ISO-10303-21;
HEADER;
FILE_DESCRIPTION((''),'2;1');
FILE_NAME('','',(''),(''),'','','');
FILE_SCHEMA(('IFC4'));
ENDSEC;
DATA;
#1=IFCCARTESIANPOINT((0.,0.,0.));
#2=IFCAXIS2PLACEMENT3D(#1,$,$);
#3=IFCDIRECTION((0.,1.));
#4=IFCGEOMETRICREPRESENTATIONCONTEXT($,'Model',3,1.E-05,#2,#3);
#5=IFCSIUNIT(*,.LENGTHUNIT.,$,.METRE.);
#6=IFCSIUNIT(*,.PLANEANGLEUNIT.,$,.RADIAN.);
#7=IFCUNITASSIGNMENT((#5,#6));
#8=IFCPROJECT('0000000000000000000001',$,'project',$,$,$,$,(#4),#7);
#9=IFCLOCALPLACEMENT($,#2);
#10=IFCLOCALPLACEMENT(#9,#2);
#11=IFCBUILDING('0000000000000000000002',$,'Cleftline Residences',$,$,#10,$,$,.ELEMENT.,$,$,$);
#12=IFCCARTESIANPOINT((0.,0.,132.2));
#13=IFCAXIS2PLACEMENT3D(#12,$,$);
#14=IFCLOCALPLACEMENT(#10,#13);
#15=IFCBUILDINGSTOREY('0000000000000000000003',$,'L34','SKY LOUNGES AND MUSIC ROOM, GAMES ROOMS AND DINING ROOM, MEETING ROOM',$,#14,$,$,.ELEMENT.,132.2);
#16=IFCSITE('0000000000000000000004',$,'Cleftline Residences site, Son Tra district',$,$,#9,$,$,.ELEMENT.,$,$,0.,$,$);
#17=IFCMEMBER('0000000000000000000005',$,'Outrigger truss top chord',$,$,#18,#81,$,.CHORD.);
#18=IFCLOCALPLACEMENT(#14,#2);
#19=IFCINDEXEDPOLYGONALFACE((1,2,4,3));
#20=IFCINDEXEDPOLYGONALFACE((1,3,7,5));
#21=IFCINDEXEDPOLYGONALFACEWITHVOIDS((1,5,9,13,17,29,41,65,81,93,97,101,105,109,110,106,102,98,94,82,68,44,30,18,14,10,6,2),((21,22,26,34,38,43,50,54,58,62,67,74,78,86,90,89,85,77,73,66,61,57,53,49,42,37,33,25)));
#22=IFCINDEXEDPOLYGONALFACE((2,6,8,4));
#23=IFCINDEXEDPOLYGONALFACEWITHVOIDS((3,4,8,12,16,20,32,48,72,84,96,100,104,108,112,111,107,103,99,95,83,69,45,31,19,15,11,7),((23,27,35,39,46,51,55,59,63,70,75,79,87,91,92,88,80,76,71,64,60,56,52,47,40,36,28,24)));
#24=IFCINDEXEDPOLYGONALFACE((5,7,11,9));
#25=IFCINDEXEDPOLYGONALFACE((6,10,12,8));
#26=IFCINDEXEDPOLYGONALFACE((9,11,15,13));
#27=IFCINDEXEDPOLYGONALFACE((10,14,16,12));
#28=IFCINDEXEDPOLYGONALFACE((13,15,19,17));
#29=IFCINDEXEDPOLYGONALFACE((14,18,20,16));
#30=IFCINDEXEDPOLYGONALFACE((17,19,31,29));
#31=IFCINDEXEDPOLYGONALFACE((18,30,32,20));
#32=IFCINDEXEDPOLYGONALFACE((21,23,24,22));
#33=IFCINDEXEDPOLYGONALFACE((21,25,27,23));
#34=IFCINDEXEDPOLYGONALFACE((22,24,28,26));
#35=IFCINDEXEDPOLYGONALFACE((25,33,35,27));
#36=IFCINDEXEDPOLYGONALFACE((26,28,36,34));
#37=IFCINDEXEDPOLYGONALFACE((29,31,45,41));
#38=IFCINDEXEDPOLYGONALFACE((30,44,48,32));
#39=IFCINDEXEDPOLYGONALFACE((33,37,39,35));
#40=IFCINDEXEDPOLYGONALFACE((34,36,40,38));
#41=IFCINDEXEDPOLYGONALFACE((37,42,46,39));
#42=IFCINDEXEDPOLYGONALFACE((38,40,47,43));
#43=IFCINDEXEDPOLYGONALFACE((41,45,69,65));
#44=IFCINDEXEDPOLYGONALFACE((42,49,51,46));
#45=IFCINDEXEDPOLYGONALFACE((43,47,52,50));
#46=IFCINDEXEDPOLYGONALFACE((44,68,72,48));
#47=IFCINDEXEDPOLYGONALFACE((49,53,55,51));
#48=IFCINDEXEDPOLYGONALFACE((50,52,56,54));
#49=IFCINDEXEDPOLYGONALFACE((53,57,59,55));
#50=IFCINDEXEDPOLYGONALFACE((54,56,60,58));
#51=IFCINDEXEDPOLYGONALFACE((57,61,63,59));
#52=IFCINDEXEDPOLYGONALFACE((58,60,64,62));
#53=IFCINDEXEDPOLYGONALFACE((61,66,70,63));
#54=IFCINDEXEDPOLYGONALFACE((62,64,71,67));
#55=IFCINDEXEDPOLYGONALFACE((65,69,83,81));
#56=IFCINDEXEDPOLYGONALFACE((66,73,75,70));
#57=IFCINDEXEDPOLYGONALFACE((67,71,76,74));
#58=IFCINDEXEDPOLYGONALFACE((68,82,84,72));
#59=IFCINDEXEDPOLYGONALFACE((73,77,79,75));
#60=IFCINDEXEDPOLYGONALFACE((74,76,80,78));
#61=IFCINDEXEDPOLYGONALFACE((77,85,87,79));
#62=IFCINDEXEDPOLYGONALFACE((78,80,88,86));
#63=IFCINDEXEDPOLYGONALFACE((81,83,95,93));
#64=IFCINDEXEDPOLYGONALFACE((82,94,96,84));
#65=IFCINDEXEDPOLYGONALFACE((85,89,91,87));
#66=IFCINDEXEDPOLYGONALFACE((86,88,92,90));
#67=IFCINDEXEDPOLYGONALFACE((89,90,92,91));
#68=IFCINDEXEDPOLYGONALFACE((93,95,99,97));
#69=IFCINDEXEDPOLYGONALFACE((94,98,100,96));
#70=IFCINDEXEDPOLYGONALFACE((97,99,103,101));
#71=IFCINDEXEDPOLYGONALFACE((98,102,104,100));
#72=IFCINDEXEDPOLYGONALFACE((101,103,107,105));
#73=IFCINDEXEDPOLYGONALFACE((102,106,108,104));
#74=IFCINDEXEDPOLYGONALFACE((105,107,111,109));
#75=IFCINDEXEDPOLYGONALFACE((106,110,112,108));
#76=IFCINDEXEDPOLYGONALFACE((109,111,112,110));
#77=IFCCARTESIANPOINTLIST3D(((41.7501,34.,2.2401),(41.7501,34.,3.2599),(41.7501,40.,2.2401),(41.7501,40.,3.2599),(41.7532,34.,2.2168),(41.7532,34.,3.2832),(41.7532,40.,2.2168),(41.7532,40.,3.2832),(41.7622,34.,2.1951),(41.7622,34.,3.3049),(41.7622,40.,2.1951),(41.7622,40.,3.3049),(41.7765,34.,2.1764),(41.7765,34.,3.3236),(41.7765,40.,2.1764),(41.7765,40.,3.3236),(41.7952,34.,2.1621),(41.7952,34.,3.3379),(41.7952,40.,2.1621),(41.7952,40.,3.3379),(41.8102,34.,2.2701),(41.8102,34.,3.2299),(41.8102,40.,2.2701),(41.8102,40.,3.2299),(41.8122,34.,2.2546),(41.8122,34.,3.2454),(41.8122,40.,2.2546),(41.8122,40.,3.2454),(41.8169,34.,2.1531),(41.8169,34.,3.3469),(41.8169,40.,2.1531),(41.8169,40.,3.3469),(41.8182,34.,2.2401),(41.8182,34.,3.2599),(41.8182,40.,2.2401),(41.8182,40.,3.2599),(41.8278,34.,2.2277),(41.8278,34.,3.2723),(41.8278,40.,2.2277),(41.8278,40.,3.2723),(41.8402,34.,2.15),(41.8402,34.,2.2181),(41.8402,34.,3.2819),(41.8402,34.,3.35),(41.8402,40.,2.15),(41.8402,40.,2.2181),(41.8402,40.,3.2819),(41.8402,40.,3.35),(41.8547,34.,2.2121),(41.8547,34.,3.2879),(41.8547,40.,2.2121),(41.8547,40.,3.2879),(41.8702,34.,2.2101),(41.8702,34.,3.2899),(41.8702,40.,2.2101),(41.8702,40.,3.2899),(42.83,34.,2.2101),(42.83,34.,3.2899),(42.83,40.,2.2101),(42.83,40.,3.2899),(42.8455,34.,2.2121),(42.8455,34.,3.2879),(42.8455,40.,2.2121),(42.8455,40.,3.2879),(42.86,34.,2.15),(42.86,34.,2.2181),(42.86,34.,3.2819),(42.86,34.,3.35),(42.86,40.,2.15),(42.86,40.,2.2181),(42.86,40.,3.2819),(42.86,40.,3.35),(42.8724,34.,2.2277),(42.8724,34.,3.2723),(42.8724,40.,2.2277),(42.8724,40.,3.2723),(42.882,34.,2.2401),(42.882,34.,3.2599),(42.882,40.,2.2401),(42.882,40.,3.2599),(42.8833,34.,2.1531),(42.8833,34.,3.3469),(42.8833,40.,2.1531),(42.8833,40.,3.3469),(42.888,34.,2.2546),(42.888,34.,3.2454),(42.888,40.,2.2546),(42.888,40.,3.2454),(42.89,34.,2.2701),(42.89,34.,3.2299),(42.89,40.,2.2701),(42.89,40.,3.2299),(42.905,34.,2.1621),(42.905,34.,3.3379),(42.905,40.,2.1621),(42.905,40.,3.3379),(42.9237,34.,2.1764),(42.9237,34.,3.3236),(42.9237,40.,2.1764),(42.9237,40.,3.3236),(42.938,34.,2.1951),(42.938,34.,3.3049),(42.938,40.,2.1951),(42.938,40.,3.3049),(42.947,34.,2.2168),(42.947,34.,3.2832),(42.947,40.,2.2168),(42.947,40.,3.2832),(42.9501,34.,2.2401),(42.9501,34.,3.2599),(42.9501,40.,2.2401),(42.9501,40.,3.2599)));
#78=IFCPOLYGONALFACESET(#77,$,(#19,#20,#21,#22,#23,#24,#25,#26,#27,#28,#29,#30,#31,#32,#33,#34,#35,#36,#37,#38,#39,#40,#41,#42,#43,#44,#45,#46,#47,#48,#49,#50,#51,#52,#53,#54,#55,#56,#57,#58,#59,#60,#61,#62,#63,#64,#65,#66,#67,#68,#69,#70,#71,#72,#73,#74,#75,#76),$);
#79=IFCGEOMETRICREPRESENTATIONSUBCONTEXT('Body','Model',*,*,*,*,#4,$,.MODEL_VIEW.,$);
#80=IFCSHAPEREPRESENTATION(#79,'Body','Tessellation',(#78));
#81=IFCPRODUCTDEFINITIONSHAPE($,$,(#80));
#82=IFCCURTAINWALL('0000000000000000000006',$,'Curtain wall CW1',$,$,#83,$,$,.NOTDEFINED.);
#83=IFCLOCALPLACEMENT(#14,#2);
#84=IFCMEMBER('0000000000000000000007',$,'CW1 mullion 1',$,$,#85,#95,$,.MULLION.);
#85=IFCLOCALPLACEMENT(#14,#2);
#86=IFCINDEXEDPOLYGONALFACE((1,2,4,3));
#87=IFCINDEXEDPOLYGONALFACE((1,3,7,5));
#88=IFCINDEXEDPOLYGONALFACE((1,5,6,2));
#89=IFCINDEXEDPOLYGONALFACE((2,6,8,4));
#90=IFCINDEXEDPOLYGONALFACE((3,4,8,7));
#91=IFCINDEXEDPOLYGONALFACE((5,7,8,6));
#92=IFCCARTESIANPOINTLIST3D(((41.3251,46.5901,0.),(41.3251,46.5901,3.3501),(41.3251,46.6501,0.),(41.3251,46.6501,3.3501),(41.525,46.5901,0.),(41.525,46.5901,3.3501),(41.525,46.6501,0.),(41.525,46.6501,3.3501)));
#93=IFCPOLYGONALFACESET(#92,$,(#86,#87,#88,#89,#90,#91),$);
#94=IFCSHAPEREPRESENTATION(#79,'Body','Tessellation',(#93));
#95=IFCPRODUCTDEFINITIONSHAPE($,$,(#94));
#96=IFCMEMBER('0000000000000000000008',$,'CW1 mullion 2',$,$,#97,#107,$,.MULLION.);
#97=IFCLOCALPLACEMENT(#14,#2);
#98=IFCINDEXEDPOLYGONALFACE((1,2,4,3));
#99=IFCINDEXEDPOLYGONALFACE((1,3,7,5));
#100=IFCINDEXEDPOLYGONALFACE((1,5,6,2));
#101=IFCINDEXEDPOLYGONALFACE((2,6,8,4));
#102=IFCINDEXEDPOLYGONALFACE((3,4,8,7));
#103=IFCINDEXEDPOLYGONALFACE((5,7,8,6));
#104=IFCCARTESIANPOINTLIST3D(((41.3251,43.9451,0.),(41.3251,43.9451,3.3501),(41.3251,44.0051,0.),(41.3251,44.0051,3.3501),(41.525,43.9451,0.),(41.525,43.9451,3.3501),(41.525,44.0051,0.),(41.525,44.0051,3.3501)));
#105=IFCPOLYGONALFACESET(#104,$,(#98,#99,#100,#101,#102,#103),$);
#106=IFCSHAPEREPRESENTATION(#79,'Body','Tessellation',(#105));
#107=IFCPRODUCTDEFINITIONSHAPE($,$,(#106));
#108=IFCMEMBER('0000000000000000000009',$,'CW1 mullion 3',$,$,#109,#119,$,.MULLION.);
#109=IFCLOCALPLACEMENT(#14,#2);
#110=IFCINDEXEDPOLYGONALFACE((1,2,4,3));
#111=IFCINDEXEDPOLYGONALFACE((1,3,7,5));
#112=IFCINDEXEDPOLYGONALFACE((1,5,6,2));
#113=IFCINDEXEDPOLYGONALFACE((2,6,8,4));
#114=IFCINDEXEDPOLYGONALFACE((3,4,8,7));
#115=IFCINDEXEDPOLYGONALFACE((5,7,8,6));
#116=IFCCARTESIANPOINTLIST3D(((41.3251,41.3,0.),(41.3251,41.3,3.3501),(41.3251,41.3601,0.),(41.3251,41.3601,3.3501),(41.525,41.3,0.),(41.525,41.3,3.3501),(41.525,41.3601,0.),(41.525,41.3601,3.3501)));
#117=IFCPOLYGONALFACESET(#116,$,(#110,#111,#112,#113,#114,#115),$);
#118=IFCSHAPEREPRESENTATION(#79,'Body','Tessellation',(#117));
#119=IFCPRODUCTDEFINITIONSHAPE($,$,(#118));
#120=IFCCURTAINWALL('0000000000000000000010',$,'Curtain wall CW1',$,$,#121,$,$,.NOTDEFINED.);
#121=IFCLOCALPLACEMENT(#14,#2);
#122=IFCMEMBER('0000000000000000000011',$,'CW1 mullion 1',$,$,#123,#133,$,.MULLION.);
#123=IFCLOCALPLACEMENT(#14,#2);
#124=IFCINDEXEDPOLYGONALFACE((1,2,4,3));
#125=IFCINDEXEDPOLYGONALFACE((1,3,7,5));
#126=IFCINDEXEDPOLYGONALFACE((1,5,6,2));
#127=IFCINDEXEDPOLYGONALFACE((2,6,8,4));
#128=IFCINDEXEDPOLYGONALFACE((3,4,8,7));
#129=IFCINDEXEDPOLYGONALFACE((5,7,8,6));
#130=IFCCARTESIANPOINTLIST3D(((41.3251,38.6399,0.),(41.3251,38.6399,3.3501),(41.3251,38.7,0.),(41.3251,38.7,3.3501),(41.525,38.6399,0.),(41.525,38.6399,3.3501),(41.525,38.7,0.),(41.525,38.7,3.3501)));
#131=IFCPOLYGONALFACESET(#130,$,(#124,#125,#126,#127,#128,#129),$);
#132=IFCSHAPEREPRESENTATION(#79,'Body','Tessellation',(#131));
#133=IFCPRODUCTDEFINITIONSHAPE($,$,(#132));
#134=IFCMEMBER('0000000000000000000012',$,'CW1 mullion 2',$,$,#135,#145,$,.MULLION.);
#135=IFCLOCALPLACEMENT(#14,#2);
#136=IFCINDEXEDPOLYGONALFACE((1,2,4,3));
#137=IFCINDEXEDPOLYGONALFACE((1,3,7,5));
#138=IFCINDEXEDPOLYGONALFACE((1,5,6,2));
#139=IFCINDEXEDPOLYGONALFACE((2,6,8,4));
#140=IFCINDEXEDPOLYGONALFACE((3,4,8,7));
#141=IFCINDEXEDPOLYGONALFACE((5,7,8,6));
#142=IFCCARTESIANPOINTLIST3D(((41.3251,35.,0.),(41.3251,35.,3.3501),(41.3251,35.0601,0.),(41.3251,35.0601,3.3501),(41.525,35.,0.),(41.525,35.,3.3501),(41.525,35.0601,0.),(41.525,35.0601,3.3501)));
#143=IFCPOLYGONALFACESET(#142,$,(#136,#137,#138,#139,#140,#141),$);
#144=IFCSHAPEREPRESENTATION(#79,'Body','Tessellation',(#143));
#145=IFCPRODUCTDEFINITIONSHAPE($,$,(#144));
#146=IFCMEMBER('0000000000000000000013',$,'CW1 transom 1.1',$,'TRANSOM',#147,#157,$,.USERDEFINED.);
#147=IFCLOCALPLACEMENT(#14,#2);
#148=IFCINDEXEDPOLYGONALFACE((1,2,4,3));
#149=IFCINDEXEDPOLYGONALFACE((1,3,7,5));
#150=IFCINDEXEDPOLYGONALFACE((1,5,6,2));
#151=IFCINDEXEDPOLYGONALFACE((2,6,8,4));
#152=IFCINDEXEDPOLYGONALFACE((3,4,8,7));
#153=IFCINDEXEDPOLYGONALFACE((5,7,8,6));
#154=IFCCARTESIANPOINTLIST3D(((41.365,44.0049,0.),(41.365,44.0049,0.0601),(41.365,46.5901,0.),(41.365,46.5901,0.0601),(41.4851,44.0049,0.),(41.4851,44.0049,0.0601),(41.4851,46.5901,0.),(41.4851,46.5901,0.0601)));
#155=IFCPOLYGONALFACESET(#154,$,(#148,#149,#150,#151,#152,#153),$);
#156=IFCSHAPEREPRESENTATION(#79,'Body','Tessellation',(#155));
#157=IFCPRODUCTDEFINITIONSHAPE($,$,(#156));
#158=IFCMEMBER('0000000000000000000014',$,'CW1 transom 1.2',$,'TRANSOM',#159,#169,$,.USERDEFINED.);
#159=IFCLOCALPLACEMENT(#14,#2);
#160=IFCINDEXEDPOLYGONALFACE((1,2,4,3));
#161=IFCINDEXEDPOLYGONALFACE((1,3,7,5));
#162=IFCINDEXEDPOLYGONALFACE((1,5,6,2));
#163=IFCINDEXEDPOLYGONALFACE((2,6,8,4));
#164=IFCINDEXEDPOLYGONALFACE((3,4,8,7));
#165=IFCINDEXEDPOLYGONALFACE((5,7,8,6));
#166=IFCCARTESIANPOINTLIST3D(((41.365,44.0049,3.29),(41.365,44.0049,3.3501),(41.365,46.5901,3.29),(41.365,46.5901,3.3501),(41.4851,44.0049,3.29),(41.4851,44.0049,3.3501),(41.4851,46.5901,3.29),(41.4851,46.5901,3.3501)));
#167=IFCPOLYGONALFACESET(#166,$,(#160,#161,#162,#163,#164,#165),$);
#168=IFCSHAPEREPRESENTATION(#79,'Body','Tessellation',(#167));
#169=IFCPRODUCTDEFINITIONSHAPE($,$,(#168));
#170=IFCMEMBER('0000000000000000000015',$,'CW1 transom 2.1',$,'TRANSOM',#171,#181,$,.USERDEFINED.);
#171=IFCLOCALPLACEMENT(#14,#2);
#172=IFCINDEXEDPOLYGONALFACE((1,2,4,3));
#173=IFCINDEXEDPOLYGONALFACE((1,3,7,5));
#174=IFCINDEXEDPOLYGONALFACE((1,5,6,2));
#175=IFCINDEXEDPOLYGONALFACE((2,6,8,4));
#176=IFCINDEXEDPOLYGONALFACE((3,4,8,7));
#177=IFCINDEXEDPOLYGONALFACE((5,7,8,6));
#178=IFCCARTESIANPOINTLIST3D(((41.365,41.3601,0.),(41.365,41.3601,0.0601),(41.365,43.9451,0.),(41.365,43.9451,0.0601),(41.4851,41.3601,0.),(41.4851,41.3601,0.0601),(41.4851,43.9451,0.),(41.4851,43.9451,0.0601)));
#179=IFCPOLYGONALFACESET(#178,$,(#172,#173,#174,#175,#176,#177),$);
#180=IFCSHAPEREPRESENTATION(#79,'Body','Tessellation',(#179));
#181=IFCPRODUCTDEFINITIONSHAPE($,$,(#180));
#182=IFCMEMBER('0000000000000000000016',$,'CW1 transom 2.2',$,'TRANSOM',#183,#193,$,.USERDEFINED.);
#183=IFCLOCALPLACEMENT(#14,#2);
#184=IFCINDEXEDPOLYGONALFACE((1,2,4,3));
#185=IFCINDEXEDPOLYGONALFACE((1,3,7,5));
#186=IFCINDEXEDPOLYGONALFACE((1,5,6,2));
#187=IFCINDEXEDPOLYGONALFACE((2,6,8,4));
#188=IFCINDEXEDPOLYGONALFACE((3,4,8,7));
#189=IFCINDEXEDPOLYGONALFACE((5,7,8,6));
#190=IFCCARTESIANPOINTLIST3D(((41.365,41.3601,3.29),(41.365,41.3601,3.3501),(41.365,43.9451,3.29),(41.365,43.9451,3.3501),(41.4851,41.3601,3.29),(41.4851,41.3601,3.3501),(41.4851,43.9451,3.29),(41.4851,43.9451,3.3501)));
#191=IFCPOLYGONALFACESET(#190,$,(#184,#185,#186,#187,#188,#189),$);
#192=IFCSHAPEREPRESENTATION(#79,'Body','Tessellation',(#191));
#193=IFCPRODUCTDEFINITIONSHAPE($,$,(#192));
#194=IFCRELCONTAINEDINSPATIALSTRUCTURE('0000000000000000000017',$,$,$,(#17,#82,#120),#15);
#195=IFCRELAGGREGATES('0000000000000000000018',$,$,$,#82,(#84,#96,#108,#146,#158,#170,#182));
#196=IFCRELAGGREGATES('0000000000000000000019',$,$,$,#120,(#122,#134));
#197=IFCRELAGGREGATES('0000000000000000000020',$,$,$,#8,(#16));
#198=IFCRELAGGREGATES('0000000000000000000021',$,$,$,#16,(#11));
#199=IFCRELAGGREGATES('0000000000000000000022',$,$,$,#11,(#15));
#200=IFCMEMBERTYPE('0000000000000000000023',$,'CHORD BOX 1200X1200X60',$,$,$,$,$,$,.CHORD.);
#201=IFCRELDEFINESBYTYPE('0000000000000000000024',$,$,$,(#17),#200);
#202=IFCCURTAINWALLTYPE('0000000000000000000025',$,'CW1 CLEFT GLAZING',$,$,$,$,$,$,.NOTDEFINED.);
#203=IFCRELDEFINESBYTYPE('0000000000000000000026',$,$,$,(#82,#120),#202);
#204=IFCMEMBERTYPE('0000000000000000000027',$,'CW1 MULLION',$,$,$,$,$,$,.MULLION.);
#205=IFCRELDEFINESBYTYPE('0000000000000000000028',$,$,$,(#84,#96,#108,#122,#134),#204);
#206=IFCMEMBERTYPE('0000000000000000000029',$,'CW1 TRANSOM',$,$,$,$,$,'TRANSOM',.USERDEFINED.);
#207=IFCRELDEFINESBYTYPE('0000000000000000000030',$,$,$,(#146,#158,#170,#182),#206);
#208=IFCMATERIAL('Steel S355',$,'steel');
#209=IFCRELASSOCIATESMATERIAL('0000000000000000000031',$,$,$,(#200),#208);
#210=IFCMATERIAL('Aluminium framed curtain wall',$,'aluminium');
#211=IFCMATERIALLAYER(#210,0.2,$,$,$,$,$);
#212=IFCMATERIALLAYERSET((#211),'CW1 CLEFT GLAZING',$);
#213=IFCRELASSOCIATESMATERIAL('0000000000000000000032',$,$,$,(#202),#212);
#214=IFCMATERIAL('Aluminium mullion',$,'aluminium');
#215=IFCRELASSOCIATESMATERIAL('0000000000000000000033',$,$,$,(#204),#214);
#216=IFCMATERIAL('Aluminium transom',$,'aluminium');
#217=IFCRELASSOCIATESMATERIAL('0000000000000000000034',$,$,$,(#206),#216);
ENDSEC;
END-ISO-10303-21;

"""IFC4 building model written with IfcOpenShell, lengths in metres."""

from ifc_helpers import new_model, si_unit, direction, frame, origin, origin_2d, place, context, subcontext, project, spatial, rectangle, hollow_rectangle, extrude, material, layer, layer_set, material_profile, profile_set, type_object, element, aggregate, save


model = new_model("IFC4")

# Units and contexts
model_context = context("Model", 3, precision=1e-05, world=origin(), true_north=direction((0.0, 1.0)))
body_context = subcontext(model_context, "Body", "Model", "MODEL_VIEW")
ifc_project = project(units=[si_unit("LENGTHUNIT", "METRE"), si_unit("PLANEANGLEUNIT", "RADIAN")], contexts=[model_context])

# Site, building, storey
site_placement = place(None, origin())
site = spatial("IfcSite", under=ifc_project, at=site_placement, Name="Cleftline Residences site, Son Tra district", CompositionType="ELEMENT", RefElevation=0.0)
building_placement = place(site_placement, origin())
building = spatial("IfcBuilding", under=site, at=building_placement, Name="Cleftline Residences", CompositionType="ELEMENT")
storey_placement = place(building_placement, frame((0.0, 0.0, 132.2)))
storey = spatial("IfcBuildingStorey", under=building, at=storey_placement, Name="L34", Description="SKY LOUNGES AND MUSIC ROOM, GAMES ROOMS AND DINING ROOM, MEETING ROOM", CompositionType="ELEMENT", Elevation=132.2)

# Member
ifc_material_1 = material(Name="Steel S355", Category="steel")
ifc_material_profile_1 = material_profile(ifc_material_1, hollow_rectangle(XDim=1.2, YDim=1.2, WallThickness=0.0601, InnerFilletRadius=0.0601, OuterFilletRadius=0.0901, at=origin_2d()))
ifc_profile_set_1 = profile_set([ifc_material_profile_1], Name="Steel S355")
member_type_1 = type_object("IfcMemberType", Name="CHORD BOX 1200X1200X60", PredefinedType="CHORD", material=ifc_profile_set_1)
for number, where, z_axis, x_axis, name in (
    (1, (42.3501, 40.0, 2.75), (0.0, -1.0, 0.0), (1.0, 0.0, 0.0), "Outrigger truss top chord"),
):
    element("IfcMember", number, at=place(storey_placement, frame(where, z_axis=z_axis, x_axis=x_axis)), inside=storey, type_object=member_type_1, Name=name, PredefinedType="CHORD", context=body_context, shape_type="SweptSolid", body=[
        extrude(hollow_rectangle(XDim=1.2, YDim=1.2, WallThickness=0.0601, InnerFilletRadius=0.0601, OuterFilletRadius=0.0901, at=origin_2d()), origin(), (0.0, 0.0, 1.0), 6.0),
    ])

# Curtain walls, members
ifc_material_2 = material(Name="Aluminium framed curtain wall", Category="aluminium")
ifc_layer_1 = layer(ifc_material_2, 0.2)
ifc_layer_set_1 = layer_set([ifc_layer_1], Name="CW1 CLEFT GLAZING")
curtain_wall_type = type_object("IfcCurtainWallType", Name="CW1 CLEFT GLAZING", PredefinedType="NOTDEFINED", material=ifc_layer_set_1)
curtain_wall_1_placement = place(storey_placement, origin())
curtain_wall_1 = element("IfcCurtainWall", 2, at=curtain_wall_1_placement, inside=storey, type_object=curtain_wall_type, Name="Curtain wall CW1", PredefinedType="NOTDEFINED")
ifc_material_3 = material(Name="Aluminium mullion", Category="aluminium")
ifc_material_profile_2 = material_profile(ifc_material_3, rectangle(XDim=0.2, YDim=0.0601, at=origin_2d()))
ifc_profile_set_2 = profile_set([ifc_material_profile_2], Name="Aluminium mullion")
member_type_2 = type_object("IfcMemberType", Name="CW1 MULLION", PredefinedType="MULLION", material=ifc_profile_set_2)
member_1_placement = place(storey_placement, frame((41.425, 46.6201, 0.0), z_axis=(0.0, 0.0, 1.0), x_axis=(1.0, 0.0, 0.0)))
member_1 = element("IfcMember", 3, at=member_1_placement, type_object=member_type_2, Name="CW1 mullion 1", PredefinedType="MULLION", context=body_context, shape_type="SweptSolid", body=[
    extrude(rectangle(XDim=0.2, YDim=0.0601, at=origin_2d()), origin(), (0.0, 0.0, 1.0), 3.3501),
])
member_2_placement = place(storey_placement, frame((41.425, 43.9751, 0.0), z_axis=(0.0, 0.0, 1.0), x_axis=(1.0, 0.0, 0.0)))
member_2 = element("IfcMember", 4, at=member_2_placement, type_object=member_type_2, Name="CW1 mullion 2", PredefinedType="MULLION", context=body_context, shape_type="SweptSolid", body=[
    extrude(rectangle(XDim=0.2, YDim=0.0601, at=origin_2d()), origin(), (0.0, 0.0, 1.0), 3.3501),
])
member_3_placement = place(storey_placement, frame((41.425, 41.3301, 0.0), z_axis=(0.0, 0.0, 1.0), x_axis=(1.0, 0.0, 0.0)))
member_3 = element("IfcMember", 5, at=member_3_placement, type_object=member_type_2, Name="CW1 mullion 3", PredefinedType="MULLION", context=body_context, shape_type="SweptSolid", body=[
    extrude(rectangle(XDim=0.2, YDim=0.0601, at=origin_2d()), origin(), (0.0, 0.0, 1.0), 3.3501),
])
curtain_wall_2_placement = place(storey_placement, origin())
curtain_wall_2 = element("IfcCurtainWall", 6, at=curtain_wall_2_placement, inside=storey, type_object=curtain_wall_type, Name="Curtain wall CW1", PredefinedType="NOTDEFINED")
member_4_placement = place(storey_placement, frame((41.425, 38.6699, 0.0), z_axis=(0.0, 0.0, 1.0), x_axis=(1.0, 0.0, 0.0)))
member_4 = element("IfcMember", 7, at=member_4_placement, type_object=member_type_2, Name="CW1 mullion 1", PredefinedType="MULLION", context=body_context, shape_type="SweptSolid", body=[
    extrude(rectangle(XDim=0.2, YDim=0.0601, at=origin_2d()), origin(), (0.0, 0.0, 1.0), 3.3501),
])
member_5_placement = place(storey_placement, frame((41.425, 35.03, 0.0), z_axis=(0.0, 0.0, 1.0), x_axis=(1.0, 0.0, 0.0)))
member_5 = element("IfcMember", 8, at=member_5_placement, type_object=member_type_2, Name="CW1 mullion 2", PredefinedType="MULLION", context=body_context, shape_type="SweptSolid", body=[
    extrude(rectangle(XDim=0.2, YDim=0.0601, at=origin_2d()), origin(), (0.0, 0.0, 1.0), 3.3501),
])

# Members
ifc_material_4 = material(Name="Aluminium transom", Category="aluminium")
ifc_material_profile_3 = material_profile(ifc_material_4, rectangle(XDim=0.1201, YDim=0.0601, at=origin_2d()))
ifc_profile_set_3 = profile_set([ifc_material_profile_3], Name="Aluminium transom")
member_type_3 = type_object("IfcMemberType", Name="CW1 TRANSOM", ElementType="TRANSOM", PredefinedType="USERDEFINED", material=ifc_profile_set_3)
member_6_placement = place(storey_placement, frame((41.425, 46.5901, 0.03), z_axis=(0.0, -1.0, 0.0), x_axis=(1.0, 0.0, 0.0)))
member_6 = element("IfcMember", 9, at=member_6_placement, type_object=member_type_3, Name="CW1 transom 1.1", ObjectType="TRANSOM", PredefinedType="USERDEFINED", context=body_context, shape_type="SweptSolid", body=[
    extrude(rectangle(XDim=0.1201, YDim=0.0601, at=origin_2d()), origin(), (0.0, 0.0, 1.0), 2.5852),
])
member_7_placement = place(storey_placement, frame((41.425, 46.5901, 3.3201), z_axis=(0.0, -1.0, 0.0), x_axis=(1.0, 0.0, 0.0)))
member_7 = element("IfcMember", 10, at=member_7_placement, type_object=member_type_3, Name="CW1 transom 1.2", ObjectType="TRANSOM", PredefinedType="USERDEFINED", context=body_context, shape_type="SweptSolid", body=[
    extrude(rectangle(XDim=0.1201, YDim=0.0601, at=origin_2d()), origin(), (0.0, 0.0, 1.0), 2.5852),
])
member_8_placement = place(storey_placement, frame((41.425, 43.9451, 0.03), z_axis=(0.0, -1.0, 0.0), x_axis=(1.0, 0.0, 0.0)))
member_8 = element("IfcMember", 11, at=member_8_placement, type_object=member_type_3, Name="CW1 transom 2.1", ObjectType="TRANSOM", PredefinedType="USERDEFINED", context=body_context, shape_type="SweptSolid", body=[
    extrude(rectangle(XDim=0.1201, YDim=0.0601, at=origin_2d()), origin(), (0.0, 0.0, 1.0), 2.585),
])
member_9_placement = place(storey_placement, frame((41.425, 43.9451, 3.3201), z_axis=(0.0, -1.0, 0.0), x_axis=(1.0, 0.0, 0.0)))
member_9 = element("IfcMember", 12, at=member_9_placement, type_object=member_type_3, Name="CW1 transom 2.2", ObjectType="TRANSOM", PredefinedType="USERDEFINED", context=body_context, shape_type="SweptSolid", body=[
    extrude(rectangle(XDim=0.1201, YDim=0.0601, at=origin_2d()), origin(), (0.0, 0.0, 1.0), 2.585),
])

aggregate(curtain_wall_1, [member_1, member_2, member_3, member_6, member_7, member_8, member_9])
aggregate(curtain_wall_2, [member_4, member_5])

save(model, "model.ifc")
